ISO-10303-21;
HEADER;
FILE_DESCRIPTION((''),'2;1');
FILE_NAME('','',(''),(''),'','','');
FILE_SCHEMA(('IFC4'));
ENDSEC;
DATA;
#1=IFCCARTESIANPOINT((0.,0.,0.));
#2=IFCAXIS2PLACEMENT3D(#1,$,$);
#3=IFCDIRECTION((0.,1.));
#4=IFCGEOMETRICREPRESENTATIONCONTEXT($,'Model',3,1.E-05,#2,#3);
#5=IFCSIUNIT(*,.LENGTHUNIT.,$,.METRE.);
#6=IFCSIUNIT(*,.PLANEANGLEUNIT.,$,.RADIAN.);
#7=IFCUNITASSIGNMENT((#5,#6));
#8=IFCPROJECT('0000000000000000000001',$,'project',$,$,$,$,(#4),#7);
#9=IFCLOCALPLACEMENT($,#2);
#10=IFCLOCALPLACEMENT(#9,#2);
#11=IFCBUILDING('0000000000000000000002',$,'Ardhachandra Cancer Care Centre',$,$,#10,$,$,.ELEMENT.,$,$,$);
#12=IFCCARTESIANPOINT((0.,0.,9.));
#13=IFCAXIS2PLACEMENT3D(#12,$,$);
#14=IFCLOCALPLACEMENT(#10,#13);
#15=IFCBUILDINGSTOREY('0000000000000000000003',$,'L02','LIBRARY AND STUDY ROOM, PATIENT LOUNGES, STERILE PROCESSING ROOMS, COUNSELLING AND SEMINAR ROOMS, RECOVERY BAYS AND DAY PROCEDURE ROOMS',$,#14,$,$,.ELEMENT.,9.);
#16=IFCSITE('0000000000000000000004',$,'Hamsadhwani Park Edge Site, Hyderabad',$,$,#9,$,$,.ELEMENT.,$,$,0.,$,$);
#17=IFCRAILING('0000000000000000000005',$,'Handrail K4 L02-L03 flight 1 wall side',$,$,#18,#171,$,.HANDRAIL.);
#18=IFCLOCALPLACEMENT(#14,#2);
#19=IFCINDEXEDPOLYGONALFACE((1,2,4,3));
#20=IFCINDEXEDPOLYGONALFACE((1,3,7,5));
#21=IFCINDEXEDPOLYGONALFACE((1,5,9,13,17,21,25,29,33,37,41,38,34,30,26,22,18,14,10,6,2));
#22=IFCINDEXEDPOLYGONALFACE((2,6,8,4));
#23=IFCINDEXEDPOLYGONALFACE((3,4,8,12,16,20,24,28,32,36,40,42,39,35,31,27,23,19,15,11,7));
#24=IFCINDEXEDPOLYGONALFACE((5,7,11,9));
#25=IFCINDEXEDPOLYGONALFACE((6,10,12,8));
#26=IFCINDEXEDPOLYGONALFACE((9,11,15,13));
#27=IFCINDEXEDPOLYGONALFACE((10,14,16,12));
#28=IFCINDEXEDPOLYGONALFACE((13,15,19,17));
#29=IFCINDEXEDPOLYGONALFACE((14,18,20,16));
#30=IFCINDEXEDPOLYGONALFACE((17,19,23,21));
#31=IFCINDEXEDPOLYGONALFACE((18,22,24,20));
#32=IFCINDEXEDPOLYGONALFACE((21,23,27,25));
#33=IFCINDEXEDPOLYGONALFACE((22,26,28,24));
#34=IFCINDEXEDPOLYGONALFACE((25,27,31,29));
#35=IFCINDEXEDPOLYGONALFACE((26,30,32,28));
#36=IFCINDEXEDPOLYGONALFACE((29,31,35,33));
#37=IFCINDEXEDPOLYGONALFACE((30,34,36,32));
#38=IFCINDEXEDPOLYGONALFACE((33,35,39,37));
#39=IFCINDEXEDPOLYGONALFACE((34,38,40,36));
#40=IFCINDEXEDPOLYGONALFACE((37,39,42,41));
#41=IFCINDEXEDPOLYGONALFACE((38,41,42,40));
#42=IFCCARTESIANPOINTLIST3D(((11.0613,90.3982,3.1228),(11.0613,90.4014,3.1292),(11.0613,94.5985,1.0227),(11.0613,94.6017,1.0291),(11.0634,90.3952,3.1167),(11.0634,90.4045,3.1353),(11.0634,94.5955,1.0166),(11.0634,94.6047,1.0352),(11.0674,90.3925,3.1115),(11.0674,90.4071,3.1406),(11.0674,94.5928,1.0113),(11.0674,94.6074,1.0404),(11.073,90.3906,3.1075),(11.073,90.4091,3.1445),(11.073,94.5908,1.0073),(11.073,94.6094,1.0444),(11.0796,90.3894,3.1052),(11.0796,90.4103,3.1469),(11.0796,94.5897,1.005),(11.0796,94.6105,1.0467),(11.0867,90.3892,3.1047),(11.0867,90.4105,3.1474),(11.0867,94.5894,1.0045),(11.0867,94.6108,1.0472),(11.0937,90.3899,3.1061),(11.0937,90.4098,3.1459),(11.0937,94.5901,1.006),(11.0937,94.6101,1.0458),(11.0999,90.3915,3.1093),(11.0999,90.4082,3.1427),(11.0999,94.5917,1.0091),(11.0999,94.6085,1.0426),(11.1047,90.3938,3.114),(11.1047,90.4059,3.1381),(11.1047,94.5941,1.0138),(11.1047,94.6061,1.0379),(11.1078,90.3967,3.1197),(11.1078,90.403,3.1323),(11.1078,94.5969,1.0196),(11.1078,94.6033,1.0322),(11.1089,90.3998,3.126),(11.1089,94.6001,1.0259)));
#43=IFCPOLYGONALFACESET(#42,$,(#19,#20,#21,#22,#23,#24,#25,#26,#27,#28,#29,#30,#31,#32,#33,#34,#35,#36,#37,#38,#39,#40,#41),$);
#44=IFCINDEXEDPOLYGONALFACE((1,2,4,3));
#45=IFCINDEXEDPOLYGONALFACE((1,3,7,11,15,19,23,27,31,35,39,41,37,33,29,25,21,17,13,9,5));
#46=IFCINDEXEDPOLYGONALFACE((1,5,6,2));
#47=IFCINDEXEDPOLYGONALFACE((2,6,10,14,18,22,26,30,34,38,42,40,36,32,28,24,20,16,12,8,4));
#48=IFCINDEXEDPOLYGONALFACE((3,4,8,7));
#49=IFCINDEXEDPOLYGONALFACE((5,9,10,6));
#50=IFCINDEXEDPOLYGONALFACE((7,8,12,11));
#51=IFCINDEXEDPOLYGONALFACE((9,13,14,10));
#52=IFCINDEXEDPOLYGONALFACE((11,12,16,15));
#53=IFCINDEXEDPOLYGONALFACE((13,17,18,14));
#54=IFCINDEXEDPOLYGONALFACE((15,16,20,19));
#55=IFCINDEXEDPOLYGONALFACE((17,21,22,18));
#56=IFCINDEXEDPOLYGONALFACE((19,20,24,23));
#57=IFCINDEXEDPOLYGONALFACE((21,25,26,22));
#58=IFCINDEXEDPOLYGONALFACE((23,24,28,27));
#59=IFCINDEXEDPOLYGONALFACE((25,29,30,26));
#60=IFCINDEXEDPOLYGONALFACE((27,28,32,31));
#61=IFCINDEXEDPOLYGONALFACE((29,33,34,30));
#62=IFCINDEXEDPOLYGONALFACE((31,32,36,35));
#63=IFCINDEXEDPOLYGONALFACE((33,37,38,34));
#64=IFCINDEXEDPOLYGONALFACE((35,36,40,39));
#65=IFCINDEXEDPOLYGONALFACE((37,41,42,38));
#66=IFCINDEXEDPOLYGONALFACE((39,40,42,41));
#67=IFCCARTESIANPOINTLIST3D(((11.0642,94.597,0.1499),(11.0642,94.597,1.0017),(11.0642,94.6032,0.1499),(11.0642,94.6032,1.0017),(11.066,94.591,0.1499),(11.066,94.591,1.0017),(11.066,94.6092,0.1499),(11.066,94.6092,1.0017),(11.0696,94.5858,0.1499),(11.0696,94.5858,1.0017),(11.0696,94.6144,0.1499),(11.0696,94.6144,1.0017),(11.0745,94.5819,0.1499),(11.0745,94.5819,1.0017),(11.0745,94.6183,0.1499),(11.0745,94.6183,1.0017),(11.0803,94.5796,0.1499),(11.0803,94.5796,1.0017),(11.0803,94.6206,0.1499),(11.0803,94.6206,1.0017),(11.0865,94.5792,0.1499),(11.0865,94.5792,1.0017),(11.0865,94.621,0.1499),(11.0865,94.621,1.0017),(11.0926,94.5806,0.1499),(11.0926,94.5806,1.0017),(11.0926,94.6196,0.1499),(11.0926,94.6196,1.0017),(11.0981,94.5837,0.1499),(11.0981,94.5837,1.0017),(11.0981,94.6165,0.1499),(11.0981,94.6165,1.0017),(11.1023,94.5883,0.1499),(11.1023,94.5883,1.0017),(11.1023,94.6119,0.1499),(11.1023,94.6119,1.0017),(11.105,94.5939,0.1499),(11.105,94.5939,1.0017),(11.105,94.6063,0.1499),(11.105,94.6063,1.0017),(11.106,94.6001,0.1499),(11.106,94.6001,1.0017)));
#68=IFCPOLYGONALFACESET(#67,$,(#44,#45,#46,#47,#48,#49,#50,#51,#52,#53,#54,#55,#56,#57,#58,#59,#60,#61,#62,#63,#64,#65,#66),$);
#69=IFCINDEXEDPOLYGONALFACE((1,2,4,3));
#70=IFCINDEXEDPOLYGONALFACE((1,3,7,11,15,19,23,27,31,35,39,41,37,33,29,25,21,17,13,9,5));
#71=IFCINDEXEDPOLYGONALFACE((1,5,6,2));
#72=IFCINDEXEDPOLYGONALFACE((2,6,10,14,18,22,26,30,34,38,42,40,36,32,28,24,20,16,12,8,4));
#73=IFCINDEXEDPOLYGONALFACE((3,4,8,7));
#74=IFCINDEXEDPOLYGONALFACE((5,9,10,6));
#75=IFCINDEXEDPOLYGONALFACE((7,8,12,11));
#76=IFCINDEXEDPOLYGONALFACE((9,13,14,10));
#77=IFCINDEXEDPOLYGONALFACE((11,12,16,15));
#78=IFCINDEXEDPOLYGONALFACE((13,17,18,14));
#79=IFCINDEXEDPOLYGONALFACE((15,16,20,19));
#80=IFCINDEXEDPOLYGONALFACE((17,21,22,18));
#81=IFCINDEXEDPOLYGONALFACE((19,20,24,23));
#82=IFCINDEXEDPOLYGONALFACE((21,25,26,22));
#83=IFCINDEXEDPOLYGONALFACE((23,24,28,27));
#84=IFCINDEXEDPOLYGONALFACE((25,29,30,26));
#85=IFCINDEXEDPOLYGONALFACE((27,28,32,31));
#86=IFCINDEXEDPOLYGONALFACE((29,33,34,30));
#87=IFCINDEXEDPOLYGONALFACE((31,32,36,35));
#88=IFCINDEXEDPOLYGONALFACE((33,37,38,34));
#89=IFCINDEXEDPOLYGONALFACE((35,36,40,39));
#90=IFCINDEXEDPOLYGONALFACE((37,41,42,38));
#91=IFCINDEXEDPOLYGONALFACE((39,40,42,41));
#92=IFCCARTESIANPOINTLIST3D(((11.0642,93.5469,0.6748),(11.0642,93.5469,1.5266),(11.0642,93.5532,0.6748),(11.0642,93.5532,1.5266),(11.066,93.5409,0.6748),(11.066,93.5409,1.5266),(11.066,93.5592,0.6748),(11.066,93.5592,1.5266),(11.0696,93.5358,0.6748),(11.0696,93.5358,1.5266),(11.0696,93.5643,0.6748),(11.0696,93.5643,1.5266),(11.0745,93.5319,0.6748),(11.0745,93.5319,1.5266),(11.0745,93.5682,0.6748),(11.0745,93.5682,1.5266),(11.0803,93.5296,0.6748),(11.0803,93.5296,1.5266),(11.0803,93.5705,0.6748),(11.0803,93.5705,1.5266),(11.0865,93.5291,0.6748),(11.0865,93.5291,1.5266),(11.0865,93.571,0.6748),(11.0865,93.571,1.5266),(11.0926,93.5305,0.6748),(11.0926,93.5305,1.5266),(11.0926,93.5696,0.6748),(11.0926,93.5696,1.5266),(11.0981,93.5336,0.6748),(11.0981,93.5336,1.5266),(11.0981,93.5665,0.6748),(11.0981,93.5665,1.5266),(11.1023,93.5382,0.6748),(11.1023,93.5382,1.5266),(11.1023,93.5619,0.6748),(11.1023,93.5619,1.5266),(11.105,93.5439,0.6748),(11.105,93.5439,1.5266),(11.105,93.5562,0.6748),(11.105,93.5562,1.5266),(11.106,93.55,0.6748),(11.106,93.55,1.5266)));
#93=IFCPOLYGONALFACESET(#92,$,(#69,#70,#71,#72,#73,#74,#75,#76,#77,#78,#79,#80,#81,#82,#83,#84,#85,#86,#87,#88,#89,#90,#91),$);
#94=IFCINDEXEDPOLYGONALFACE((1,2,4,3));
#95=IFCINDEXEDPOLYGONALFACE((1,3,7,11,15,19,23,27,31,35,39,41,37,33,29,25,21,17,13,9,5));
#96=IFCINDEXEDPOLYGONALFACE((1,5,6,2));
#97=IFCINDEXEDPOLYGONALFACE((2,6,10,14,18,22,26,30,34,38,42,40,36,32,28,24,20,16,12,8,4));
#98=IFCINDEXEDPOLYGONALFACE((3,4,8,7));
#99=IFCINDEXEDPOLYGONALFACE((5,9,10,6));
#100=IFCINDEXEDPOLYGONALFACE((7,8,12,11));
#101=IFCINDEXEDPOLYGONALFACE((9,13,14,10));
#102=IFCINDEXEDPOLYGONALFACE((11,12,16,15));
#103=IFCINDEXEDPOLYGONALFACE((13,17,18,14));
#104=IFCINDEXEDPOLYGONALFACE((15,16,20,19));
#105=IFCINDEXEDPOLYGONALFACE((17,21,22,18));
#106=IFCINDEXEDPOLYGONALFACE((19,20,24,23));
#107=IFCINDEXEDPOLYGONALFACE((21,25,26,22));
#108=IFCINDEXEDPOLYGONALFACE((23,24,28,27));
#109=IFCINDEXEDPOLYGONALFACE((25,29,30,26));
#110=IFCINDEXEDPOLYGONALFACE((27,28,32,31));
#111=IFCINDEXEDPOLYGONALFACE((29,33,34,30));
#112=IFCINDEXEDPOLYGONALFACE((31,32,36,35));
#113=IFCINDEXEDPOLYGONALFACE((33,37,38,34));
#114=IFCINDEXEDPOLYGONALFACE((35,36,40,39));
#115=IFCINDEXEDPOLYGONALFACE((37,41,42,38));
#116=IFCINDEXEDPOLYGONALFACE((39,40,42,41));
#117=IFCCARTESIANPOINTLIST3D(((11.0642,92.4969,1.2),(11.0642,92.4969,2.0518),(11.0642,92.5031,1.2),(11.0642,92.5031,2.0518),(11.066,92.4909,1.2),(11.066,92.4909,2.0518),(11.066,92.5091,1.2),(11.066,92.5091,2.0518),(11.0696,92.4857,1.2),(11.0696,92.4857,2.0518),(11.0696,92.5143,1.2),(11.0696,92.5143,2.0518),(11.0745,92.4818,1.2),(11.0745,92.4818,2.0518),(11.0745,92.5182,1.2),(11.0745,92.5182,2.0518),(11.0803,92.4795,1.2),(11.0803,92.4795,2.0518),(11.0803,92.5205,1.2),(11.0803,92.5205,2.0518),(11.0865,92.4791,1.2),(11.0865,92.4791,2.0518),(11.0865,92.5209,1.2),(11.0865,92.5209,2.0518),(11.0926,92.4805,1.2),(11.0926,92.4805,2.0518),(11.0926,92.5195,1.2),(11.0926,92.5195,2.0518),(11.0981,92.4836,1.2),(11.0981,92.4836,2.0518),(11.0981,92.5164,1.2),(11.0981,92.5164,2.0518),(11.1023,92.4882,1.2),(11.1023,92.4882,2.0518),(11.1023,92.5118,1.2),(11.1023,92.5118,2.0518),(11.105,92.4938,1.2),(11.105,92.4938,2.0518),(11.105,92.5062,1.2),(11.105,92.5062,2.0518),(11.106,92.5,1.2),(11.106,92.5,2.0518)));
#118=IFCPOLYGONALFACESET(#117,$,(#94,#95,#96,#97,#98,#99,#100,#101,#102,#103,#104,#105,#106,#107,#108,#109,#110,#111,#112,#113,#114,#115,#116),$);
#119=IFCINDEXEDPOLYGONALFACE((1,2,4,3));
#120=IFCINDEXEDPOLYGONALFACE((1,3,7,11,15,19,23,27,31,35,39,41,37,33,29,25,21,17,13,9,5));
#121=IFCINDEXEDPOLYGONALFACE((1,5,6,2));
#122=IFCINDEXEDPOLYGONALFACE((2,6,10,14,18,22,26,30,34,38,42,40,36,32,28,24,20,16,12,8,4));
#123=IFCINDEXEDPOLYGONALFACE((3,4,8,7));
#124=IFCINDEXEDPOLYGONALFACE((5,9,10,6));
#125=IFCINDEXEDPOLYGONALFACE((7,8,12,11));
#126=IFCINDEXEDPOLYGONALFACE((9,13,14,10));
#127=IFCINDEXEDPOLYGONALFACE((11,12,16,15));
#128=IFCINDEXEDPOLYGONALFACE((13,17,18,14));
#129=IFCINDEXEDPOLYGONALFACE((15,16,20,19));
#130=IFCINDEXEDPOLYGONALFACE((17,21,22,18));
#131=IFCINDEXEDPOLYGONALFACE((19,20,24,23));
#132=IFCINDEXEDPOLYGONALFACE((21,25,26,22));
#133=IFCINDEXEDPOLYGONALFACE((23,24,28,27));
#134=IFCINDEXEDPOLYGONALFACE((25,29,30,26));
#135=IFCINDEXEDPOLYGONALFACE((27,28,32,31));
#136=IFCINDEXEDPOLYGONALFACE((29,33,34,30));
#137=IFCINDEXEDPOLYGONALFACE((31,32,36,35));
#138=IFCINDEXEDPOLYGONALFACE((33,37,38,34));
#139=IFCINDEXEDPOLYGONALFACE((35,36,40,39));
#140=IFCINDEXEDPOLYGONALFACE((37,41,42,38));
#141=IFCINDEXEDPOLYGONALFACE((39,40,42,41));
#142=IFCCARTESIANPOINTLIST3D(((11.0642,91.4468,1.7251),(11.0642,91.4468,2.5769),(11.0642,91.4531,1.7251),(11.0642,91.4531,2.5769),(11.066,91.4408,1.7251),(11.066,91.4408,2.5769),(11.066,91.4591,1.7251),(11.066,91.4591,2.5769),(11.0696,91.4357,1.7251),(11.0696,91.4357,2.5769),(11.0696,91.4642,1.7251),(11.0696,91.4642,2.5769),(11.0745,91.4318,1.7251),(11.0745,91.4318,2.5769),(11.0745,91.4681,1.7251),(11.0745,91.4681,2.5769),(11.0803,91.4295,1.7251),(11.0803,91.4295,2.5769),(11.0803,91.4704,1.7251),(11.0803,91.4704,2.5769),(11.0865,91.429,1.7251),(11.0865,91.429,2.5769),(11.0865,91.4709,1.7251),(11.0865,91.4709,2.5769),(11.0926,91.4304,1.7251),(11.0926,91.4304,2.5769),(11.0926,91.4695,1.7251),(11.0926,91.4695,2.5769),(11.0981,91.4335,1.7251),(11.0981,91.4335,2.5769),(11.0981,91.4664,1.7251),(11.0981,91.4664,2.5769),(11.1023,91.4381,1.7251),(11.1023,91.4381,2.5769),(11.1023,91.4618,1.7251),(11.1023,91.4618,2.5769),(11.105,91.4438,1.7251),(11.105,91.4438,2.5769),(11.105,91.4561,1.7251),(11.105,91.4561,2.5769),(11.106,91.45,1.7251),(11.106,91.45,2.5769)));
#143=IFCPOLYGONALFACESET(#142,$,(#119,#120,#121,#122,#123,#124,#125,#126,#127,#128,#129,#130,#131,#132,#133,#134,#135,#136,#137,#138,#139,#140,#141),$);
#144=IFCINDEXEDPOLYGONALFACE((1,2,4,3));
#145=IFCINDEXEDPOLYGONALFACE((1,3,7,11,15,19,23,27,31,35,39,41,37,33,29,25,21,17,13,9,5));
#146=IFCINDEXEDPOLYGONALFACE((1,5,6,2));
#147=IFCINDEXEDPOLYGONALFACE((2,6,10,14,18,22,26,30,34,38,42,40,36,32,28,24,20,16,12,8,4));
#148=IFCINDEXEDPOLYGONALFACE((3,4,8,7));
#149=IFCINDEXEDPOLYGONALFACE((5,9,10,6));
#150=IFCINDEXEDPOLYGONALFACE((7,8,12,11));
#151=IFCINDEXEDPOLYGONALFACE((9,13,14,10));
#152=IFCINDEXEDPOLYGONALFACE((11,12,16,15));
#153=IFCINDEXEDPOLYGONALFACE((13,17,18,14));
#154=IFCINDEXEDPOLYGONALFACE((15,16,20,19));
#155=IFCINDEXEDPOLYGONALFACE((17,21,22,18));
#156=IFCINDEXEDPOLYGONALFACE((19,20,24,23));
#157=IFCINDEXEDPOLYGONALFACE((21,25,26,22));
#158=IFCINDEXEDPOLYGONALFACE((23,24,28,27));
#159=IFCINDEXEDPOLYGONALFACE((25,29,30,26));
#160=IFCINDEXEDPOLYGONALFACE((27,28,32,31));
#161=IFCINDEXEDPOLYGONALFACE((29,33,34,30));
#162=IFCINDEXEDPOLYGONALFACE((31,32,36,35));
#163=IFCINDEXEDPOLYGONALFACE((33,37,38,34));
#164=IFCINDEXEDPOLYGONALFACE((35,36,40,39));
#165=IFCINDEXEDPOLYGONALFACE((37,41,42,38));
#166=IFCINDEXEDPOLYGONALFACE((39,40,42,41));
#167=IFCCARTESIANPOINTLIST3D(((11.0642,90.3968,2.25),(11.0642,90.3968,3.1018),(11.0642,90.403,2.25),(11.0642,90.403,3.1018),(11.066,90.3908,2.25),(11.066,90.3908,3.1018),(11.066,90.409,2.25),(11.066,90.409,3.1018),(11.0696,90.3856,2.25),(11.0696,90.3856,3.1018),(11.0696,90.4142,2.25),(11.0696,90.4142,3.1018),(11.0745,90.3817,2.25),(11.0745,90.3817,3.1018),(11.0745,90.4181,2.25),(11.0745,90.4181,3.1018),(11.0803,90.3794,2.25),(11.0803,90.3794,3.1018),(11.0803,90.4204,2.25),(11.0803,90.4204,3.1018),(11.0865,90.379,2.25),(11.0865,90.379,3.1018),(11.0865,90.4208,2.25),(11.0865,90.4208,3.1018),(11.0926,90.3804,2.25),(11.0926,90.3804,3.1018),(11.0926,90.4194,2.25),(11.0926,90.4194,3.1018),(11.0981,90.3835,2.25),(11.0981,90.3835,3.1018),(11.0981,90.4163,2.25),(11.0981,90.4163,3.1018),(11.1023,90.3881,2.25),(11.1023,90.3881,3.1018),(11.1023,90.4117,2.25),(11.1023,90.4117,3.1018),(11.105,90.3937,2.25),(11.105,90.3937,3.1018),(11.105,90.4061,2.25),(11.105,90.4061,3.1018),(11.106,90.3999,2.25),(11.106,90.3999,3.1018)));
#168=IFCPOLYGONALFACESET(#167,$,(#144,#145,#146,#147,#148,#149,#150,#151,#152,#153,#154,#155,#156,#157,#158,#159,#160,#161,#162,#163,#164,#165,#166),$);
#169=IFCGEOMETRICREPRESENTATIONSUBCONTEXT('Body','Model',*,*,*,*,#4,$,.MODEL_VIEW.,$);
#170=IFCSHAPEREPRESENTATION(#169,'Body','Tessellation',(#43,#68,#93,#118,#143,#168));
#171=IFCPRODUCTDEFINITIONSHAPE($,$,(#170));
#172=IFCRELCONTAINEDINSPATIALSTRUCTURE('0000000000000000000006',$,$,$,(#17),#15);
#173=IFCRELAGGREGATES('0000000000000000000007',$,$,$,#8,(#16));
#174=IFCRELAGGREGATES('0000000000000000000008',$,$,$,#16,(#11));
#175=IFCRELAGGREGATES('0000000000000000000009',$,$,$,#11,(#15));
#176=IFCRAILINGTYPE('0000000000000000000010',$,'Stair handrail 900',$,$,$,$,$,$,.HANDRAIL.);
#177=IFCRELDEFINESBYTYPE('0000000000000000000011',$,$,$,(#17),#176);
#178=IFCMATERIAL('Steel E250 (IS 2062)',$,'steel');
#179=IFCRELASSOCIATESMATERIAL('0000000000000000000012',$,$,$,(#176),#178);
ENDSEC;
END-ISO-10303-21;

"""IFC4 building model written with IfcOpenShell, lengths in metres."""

from ifc_helpers import new_model, si_unit, direction, frame, origin, origin_2d, place, context, subcontext, project, spatial, circle, extrude, material, type_object, element, save


model = new_model("IFC4")

# Units and contexts
model_context = context("Model", 3, precision=1e-05, world=origin(), true_north=direction((0.0, 1.0)))
body_context = subcontext(model_context, "Body", "Model", "MODEL_VIEW")
ifc_project = project(units=[si_unit("LENGTHUNIT", "METRE"), si_unit("PLANEANGLEUNIT", "RADIAN")], contexts=[model_context])

# Site, building, storey
site_placement = place(None, origin())
site = spatial("IfcSite", under=ifc_project, at=site_placement, Name="Hamsadhwani Park Edge Site, Hyderabad", CompositionType="ELEMENT", RefElevation=0.0)
building_placement = place(site_placement, origin())
building = spatial("IfcBuilding", under=site, at=building_placement, Name="Ardhachandra Cancer Care Centre", CompositionType="ELEMENT")
storey_placement = place(building_placement, frame((0.0, 0.0, 9.0)))
storey = spatial("IfcBuildingStorey", under=building, at=storey_placement, Name="L02", Description="LIBRARY AND STUDY ROOM, PATIENT LOUNGES, STERILE PROCESSING ROOMS, COUNSELLING AND SEMINAR ROOMS, RECOVERY BAYS AND DAY PROCEDURE ROOMS", CompositionType="ELEMENT", Elevation=9.0)

# Railing
ifc_material_1 = material(Name="Steel E250 (IS 2062)", Category="steel")
railing_type = type_object("IfcRailingType", Name="Stair handrail 900", PredefinedType="HANDRAIL", material=ifc_material_1)
railing_placement = place(storey_placement, frame((11.085, 94.6001, 0.1499)))
element("IfcRailing", 1, at=railing_placement, inside=storey, type_object=railing_type, Name="Handrail K4 L02-L03 flight 1 wall side", PredefinedType="HANDRAIL", context=body_context, shape_type="SweptSolid", body=[
    extrude(circle(Radius=0.0239, at=origin_2d()), frame((0.0, 0.0, 0.876), z_axis=(0.0, -0.894427, 0.447214), x_axis=(1.0, 0.0, 0.0)), (0.0, 0.0, 1.0), 4.696),
    extrude(circle(Radius=0.021, at=origin_2d()), origin(), (0.0, 0.0, 1.0), 0.8518),
    extrude(circle(Radius=0.021, at=origin_2d()), frame((0.0, -1.05, 0.5249)), (0.0, 0.0, 1.0), 0.8518),
    extrude(circle(Radius=0.021, at=origin_2d()), frame((0.0, -2.1001, 1.05)), (0.0, 0.0, 1.0), 0.8518),
    extrude(circle(Radius=0.021, at=origin_2d()), frame((0.0, -3.1501, 1.5752)), (0.0, 0.0, 1.0), 0.8518),
    extrude(circle(Radius=0.021, at=origin_2d()), frame((0.0, -4.2002, 2.1001)), (0.0, 0.0, 1.0), 0.8518),
])

save(model, "model.ifc")
